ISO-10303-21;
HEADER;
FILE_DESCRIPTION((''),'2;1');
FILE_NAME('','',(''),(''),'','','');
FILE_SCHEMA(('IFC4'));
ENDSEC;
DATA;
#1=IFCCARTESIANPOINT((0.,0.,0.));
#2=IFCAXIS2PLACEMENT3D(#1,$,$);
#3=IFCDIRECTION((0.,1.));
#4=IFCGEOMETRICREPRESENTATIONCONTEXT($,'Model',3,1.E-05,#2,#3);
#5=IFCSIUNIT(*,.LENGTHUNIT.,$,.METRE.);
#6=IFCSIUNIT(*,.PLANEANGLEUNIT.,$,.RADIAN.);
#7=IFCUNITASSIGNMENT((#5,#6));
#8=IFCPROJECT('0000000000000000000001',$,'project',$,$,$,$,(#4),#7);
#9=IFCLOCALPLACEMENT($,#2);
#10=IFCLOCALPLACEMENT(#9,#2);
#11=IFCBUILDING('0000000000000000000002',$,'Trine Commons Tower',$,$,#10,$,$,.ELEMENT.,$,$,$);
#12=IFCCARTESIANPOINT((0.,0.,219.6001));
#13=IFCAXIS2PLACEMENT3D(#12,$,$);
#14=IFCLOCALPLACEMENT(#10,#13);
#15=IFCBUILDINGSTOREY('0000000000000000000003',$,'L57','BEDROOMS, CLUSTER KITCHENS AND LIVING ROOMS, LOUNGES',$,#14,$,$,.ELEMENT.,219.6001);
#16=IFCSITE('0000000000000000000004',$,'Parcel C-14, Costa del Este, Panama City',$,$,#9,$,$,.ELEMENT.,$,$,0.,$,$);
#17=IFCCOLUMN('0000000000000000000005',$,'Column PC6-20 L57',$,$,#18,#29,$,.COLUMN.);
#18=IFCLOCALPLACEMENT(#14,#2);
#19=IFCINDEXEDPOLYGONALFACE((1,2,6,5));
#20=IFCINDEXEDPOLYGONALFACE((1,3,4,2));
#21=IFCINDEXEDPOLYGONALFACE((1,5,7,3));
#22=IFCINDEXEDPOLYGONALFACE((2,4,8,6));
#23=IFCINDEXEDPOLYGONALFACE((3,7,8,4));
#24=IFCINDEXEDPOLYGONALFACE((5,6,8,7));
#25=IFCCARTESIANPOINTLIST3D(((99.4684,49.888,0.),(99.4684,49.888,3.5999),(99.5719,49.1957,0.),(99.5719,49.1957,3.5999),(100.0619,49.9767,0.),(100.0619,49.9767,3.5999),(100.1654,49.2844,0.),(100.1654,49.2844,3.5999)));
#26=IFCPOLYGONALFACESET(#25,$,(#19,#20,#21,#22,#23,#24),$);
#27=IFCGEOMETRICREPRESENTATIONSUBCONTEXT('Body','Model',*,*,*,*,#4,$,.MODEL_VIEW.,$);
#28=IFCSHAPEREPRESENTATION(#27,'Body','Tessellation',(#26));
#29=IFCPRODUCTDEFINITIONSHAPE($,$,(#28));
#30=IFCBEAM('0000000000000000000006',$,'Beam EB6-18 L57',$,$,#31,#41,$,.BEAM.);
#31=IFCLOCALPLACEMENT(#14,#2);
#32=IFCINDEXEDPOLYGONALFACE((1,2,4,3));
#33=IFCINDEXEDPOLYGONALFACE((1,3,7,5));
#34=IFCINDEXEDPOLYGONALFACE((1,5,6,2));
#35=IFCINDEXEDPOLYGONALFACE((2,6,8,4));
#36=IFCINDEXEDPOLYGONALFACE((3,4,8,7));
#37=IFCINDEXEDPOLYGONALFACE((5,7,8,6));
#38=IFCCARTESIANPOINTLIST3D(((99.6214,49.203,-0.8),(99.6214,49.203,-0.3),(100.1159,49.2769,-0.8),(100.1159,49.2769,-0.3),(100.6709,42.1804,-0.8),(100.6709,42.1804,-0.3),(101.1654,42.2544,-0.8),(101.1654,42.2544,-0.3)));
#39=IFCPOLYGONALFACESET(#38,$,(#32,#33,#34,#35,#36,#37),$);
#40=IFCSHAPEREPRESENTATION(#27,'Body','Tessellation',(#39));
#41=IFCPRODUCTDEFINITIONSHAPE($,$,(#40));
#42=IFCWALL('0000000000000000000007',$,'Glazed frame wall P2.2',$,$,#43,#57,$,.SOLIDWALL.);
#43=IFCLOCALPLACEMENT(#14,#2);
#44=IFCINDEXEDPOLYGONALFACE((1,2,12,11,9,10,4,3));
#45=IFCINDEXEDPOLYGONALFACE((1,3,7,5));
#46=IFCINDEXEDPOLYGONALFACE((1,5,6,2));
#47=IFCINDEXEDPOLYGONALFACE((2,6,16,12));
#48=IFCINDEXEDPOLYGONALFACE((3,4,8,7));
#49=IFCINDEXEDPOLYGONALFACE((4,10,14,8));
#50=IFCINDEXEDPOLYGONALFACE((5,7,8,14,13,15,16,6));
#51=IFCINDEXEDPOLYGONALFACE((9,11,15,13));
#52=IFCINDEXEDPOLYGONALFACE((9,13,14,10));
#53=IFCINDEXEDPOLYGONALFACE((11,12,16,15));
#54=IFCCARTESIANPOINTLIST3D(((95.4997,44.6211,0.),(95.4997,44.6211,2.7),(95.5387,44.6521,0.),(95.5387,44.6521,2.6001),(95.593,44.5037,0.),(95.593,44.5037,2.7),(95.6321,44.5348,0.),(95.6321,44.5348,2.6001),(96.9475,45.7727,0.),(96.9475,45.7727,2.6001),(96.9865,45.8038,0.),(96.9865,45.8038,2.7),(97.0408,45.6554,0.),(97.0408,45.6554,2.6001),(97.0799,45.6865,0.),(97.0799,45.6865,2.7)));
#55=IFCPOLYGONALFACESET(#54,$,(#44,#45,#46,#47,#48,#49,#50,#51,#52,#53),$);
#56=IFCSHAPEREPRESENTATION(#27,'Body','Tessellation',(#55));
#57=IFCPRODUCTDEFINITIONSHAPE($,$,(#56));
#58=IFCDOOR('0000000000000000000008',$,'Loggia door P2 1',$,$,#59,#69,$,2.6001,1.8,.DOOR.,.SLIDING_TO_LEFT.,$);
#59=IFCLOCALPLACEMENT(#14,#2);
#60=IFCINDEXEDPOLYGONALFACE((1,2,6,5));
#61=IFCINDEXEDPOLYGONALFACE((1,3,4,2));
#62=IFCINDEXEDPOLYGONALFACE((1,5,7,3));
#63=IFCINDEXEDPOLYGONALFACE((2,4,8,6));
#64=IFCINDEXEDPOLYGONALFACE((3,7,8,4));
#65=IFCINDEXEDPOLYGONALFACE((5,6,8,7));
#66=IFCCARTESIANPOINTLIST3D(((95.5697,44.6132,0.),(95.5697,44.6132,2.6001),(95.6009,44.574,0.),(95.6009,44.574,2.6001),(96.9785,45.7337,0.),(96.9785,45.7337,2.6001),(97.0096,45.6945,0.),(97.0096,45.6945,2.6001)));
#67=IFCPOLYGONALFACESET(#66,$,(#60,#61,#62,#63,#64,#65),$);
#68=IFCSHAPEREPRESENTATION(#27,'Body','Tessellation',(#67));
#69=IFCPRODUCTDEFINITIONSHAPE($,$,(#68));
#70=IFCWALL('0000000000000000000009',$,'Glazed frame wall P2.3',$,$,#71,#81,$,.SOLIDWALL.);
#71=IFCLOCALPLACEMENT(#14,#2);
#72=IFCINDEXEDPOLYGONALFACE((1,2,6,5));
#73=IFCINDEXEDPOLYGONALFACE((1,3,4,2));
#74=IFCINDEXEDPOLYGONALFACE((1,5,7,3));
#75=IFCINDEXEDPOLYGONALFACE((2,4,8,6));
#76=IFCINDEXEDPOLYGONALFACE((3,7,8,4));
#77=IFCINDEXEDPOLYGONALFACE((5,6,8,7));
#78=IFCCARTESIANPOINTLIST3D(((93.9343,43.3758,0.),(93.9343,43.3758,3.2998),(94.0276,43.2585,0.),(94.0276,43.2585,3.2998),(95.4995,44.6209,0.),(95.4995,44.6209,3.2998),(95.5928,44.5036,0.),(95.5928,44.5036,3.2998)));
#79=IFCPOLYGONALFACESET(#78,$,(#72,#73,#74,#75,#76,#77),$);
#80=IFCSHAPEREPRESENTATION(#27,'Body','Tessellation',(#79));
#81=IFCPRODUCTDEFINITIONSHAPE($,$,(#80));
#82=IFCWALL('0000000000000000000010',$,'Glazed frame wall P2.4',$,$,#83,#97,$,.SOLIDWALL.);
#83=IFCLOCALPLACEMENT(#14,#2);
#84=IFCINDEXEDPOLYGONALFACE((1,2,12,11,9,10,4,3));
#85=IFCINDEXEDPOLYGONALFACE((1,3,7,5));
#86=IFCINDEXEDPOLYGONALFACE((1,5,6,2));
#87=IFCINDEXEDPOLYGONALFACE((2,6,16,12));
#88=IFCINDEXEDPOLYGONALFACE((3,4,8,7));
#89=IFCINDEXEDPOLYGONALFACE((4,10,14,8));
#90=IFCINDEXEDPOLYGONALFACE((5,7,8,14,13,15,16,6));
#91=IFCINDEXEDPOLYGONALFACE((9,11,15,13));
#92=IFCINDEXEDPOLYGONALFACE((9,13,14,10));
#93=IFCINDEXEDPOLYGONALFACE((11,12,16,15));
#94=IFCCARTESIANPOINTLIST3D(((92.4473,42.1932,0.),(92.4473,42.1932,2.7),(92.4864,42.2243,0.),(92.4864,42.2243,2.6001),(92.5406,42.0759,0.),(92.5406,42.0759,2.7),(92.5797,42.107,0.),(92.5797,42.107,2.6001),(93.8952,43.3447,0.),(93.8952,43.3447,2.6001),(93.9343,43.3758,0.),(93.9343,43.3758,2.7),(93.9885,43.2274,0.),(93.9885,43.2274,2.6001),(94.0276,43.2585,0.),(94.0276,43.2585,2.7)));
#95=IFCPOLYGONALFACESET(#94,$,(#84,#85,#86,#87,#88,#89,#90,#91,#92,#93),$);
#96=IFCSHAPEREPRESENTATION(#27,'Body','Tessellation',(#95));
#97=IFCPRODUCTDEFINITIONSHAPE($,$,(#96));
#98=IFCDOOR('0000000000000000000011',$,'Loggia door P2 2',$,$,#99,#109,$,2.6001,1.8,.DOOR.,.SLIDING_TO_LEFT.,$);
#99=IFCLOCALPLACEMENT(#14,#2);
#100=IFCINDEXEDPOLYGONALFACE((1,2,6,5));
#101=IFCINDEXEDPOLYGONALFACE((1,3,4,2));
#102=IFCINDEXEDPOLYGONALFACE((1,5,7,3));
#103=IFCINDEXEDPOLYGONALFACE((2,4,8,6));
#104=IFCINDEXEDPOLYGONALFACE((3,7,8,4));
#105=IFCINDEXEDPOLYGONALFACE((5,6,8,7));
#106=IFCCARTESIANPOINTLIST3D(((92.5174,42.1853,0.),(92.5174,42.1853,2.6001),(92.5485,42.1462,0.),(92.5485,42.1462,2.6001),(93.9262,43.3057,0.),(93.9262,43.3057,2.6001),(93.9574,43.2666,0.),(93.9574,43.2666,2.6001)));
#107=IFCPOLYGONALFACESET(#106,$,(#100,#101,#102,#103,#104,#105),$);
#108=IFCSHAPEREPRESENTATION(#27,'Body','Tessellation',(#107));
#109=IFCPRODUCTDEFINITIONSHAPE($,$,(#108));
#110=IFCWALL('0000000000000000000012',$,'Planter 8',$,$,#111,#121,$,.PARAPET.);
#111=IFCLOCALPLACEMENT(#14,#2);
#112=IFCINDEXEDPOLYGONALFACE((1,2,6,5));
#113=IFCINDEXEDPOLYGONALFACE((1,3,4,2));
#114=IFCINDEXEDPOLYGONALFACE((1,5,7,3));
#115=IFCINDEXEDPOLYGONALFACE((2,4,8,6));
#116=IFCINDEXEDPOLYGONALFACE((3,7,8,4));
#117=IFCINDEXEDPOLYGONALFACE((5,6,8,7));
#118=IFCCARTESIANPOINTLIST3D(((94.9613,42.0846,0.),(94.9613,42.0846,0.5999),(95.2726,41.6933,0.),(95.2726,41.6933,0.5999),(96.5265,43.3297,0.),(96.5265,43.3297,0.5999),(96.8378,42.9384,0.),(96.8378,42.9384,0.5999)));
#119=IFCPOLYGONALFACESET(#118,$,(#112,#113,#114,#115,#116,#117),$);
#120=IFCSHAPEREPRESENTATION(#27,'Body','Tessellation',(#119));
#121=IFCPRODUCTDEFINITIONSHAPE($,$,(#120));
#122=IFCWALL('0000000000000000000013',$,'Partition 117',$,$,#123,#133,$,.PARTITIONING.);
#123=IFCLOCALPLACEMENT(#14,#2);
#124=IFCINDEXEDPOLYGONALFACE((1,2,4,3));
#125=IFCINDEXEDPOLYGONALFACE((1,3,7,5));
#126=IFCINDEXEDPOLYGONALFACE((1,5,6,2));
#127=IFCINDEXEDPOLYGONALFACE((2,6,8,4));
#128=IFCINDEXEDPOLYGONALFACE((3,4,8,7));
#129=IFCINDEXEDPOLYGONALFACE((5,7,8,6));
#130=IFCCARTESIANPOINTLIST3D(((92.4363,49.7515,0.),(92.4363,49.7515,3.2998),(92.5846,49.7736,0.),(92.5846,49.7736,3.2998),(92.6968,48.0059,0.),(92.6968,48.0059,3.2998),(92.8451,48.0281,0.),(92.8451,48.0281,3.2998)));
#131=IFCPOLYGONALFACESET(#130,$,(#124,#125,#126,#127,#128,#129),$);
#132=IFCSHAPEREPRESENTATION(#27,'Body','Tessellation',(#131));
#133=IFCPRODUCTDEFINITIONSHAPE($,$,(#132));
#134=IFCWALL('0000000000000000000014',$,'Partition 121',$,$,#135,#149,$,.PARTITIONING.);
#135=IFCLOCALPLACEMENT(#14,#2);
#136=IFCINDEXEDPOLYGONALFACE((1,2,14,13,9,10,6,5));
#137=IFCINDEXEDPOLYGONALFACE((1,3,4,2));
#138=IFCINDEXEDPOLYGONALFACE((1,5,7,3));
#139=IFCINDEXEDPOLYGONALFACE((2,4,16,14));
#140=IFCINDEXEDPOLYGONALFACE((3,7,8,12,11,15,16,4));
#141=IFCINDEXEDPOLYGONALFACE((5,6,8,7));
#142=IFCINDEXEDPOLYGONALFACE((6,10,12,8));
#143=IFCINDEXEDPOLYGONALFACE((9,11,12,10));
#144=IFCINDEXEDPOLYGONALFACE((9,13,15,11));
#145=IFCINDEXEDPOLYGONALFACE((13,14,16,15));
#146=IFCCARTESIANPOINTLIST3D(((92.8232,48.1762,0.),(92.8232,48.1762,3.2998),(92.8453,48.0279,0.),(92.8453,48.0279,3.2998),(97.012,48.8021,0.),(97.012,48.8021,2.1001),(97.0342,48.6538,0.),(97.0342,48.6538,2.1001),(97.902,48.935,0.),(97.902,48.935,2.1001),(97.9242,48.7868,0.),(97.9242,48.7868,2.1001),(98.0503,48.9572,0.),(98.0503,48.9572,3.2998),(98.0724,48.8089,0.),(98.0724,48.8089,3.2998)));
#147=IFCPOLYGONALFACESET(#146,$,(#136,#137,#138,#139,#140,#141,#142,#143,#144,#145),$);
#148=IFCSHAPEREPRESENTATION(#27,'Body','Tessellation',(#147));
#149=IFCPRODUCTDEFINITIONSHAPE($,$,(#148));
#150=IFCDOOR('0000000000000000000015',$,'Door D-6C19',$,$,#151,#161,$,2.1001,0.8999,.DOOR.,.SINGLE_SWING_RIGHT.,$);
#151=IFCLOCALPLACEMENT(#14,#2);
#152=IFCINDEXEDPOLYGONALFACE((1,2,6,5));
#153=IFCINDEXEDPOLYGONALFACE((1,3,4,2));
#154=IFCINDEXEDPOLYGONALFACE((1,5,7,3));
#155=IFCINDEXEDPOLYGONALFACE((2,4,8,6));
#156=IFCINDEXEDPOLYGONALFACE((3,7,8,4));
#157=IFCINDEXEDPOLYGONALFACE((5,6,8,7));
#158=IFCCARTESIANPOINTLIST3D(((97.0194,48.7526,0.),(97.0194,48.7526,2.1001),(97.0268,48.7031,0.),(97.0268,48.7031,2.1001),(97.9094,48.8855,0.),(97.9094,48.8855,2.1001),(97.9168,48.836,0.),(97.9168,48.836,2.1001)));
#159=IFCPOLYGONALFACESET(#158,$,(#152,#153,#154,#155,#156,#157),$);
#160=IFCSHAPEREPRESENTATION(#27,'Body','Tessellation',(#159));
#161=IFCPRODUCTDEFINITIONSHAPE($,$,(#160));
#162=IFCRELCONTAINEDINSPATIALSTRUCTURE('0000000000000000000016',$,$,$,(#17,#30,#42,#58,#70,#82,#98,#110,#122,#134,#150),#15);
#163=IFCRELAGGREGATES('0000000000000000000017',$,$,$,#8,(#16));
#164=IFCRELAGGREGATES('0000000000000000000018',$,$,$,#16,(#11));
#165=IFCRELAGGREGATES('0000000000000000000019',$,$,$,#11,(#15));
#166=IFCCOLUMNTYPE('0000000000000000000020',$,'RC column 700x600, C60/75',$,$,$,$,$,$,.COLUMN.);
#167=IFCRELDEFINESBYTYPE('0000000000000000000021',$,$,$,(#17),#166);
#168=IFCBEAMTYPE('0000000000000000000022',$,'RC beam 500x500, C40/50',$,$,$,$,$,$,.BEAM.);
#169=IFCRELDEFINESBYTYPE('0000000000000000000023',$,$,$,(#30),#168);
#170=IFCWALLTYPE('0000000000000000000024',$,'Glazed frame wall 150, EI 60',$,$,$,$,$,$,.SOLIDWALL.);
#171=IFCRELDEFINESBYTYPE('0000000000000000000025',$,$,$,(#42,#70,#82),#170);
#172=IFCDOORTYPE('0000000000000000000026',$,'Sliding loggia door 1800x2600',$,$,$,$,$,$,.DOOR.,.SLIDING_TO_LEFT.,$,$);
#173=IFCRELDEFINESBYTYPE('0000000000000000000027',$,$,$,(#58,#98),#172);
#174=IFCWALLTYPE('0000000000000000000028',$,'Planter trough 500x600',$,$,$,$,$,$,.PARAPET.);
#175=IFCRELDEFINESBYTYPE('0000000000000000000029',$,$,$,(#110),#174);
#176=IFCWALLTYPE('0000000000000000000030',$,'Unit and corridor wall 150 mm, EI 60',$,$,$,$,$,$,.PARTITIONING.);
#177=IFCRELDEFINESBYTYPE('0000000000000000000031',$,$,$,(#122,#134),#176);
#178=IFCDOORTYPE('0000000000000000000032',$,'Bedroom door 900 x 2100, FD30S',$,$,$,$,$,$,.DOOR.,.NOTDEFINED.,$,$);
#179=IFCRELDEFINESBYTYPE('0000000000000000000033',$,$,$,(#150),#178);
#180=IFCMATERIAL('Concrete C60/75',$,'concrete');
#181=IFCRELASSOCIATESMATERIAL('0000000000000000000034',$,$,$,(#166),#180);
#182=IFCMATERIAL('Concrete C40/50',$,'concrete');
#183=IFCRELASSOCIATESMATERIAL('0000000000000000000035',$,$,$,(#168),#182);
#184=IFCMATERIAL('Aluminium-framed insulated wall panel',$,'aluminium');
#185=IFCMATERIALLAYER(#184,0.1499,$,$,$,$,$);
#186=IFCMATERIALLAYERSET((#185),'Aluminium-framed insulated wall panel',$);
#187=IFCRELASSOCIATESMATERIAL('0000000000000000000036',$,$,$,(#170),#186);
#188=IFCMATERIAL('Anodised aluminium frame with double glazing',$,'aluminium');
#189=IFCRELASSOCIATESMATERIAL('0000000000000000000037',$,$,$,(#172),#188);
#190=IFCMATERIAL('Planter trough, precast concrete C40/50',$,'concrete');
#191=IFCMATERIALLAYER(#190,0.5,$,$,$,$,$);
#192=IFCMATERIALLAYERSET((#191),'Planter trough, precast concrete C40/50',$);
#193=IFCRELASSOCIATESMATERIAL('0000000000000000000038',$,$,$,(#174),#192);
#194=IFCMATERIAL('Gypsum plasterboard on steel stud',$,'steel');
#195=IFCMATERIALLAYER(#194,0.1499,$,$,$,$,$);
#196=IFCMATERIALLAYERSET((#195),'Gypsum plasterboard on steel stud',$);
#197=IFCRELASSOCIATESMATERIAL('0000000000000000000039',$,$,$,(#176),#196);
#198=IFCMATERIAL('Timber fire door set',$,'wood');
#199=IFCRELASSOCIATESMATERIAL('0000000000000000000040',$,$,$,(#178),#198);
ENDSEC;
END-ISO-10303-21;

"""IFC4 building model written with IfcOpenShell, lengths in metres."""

from ifc_helpers import new_model, si_unit, direction, frame, frame_2d, origin, origin_2d, place, context, subcontext, project, spatial, polyline, rectangle, outline, extrude, material, layer, layer_set, material_profile, profile_set, type_object, element, fill, save


model = new_model("IFC4")

# Units and contexts
model_context = context("Model", 3, precision=1e-05, world=origin(), true_north=direction((0.0, 1.0)))
body_context = subcontext(model_context, "Body", "Model", "MODEL_VIEW")
ifc_project = project(units=[si_unit("LENGTHUNIT", "METRE"), si_unit("PLANEANGLEUNIT", "RADIAN")], contexts=[model_context])

# Site, building, storey
site_placement = place(None, origin())
site = spatial("IfcSite", under=ifc_project, at=site_placement, Name="Parcel C-14, Costa del Este, Panama City", CompositionType="ELEMENT", RefElevation=0.0)
building_placement = place(site_placement, origin())
building = spatial("IfcBuilding", under=site, at=building_placement, Name="Trine Commons Tower", CompositionType="ELEMENT")
storey_placement = place(building_placement, frame((0.0, 0.0, 219.6001)))
storey = spatial("IfcBuildingStorey", under=building, at=storey_placement, Name="L57", Description="BEDROOMS, CLUSTER KITCHENS AND LIVING ROOMS, LOUNGES", CompositionType="ELEMENT", Elevation=219.6001)

# Column
ifc_material_1 = material(Name="Concrete C60/75", Category="concrete")
ifc_material_profile_1 = material_profile(ifc_material_1, rectangle(XDim=0.7, YDim=0.6001, at=origin_2d()), Name="RC 700x600")
ifc_profile_set_1 = profile_set([ifc_material_profile_1], Name="Concrete C60/75")
column_type = type_object("IfcColumnType", Name="RC column 700x600, C60/75", PredefinedType="COLUMN", material=ifc_profile_set_1)
column_placement = place(storey_placement, frame((99.8169, 49.5862, 0.0), z_axis=(0.0, 0.0, 1.0), x_axis=(-0.147809, 0.989016, 0.0)))
element("IfcColumn", 1, at=column_placement, inside=storey, type_object=column_type, Name="Column PC6-20 L57", PredefinedType="COLUMN", context=body_context, shape_type="SweptSolid", body=[
    extrude(rectangle(XDim=0.7, YDim=0.6001, at=origin_2d()), origin(), (0.0, 0.0, 1.0), 3.5999),
])

# Beam
ifc_material_2 = material(Name="Concrete C40/50", Category="concrete")
ifc_material_profile_2 = material_profile(ifc_material_2, rectangle(XDim=0.5, YDim=0.5, at=origin_2d()), Name="RC 500x500")
ifc_profile_set_2 = profile_set([ifc_material_profile_2], Name="Concrete C40/50")
beam_type = type_object("IfcBeamType", Name="RC beam 500x500, C40/50", PredefinedType="BEAM", material=ifc_profile_set_2)
beam_placement = place(storey_placement, frame((99.8687, 49.24, -0.55), z_axis=(0.147811, -0.989016, 0.0), x_axis=(0.989016, 0.147811, 0.0)))
element("IfcBeam", 2, at=beam_placement, inside=storey, type_object=beam_type, Name="Beam EB6-18 L57", PredefinedType="BEAM", context=body_context, shape_type="SweptSolid", body=[
    extrude(rectangle(XDim=0.5, YDim=0.5, at=origin_2d()), origin(), (0.0, 0.0, 1.0), 7.1006),
])

# Shared definitions
ifc_material_3 = material(Name="Aluminium-framed insulated wall panel", Category="aluminium")
ifc_layer_1 = layer(ifc_material_3, 0.1499)
ifc_layer_set_1 = layer_set([ifc_layer_1], Name="Aluminium-framed insulated wall panel")
wall_type_1 = type_object("IfcWallType", Name="Glazed frame wall 150, EI 60", PredefinedType="SOLIDWALL", material=ifc_layer_set_1)

# Wall, opening, door
wall_1_placement = place(storey_placement, frame((97.0332, 45.7451, 0.0), z_axis=(0.0, 0.0, 1.0), x_axis=(-0.782608, -0.622515, 0.0)))
wall_1 = element("IfcWall", 3, at=wall_1_placement, inside=storey, type_object=wall_type_1, Name="Glazed frame wall P2.2", PredefinedType="SOLIDWALL", context=body_context, shape_type="SweptSolid", body=[
    extrude(outline(polyline([(0.0, -0.075), (1.8999, -0.075), (1.8999, 0.075), (0.0, 0.075), (0.0, -0.075)])), origin(), (0.0, 0.0, 1.0), 2.7),
])
opening_1_placement = place(wall_1_placement, frame((0.05, 0.0, 0.0)))
opening_1 = element("IfcOpeningElement", 4, at=opening_1_placement, cuts=wall_1, PredefinedType="OPENING", context=body_context, shape_type="SweptSolid", body=[
    extrude(rectangle(XDim=1.8, YDim=2.6001, at=frame_2d((0.8999, 1.3))), frame((0.0, 0.085, 0.0), z_axis=(0.0, -1.0, 0.0), x_axis=(1.0, 0.0, 0.0)), (0.0, 0.0, 1.0), 0.1699),
])
ifc_material_4 = material(Name="Anodised aluminium frame with double glazing", Category="aluminium")
door_type_1 = type_object("IfcDoorType", Name="Sliding loggia door 1800x2600", OperationType="SLIDING_TO_LEFT", PredefinedType="DOOR", material=ifc_material_4)
door_1_placement = place(opening_1_placement, origin())
door_1 = element("IfcDoor", 5, at=door_1_placement, inside=storey, type_object=door_type_1, Name="Loggia door P2 1", OperationType="SLIDING_TO_LEFT", OverallHeight=2.6001, OverallWidth=1.8, PredefinedType="DOOR", context=body_context, shape_type="SweptSolid", body=[
    extrude(rectangle(XDim=1.8, YDim=2.6001, at=frame_2d((0.8999, 1.3))), frame((0.0, 0.0249, 0.0), z_axis=(0.0, -1.0, 0.0), x_axis=(1.0, 0.0, 0.0)), (0.0, 0.0, 1.0), 0.05),
])
fill(opening_1, door_1)

# Wall
wall_2_placement = place(storey_placement, frame((95.5461, 44.5623, 0.0), z_axis=(0.0, 0.0, 1.0), x_axis=(-0.782581, -0.622549, 0.0)))
element("IfcWall", 6, at=wall_2_placement, inside=storey, type_object=wall_type_1, Name="Glazed frame wall P2.3", PredefinedType="SOLIDWALL", context=body_context, shape_type="SweptSolid", body=[
    extrude(outline(polyline([(0.0, -0.075), (2.0, -0.075), (2.0, 0.075), (0.0, 0.075), (0.0, -0.075)])), origin(), (0.0, 0.0, 1.0), 3.2998),
])

# Wall, opening, door
wall_3_placement = place(storey_placement, frame((93.981, 43.3171, 0.0), z_axis=(0.0, 0.0, 1.0), x_axis=(-0.782671, -0.622436, 0.0)))
wall_3 = element("IfcWall", 7, at=wall_3_placement, inside=storey, type_object=wall_type_1, Name="Glazed frame wall P2.4", PredefinedType="SOLIDWALL", context=body_context, shape_type="SweptSolid", body=[
    extrude(outline(polyline([(0.0, -0.075), (1.8999, -0.075), (1.8999, 0.075), (0.0, 0.075), (0.0, -0.075)])), origin(), (0.0, 0.0, 1.0), 2.7),
])
opening_2_placement = place(wall_3_placement, frame((0.05, 0.0, 0.0)))
opening_2 = element("IfcOpeningElement", 8, at=opening_2_placement, cuts=wall_3, PredefinedType="OPENING", context=body_context, shape_type="SweptSolid", body=[
    extrude(rectangle(XDim=1.8, YDim=2.6001, at=frame_2d((0.8999, 1.3))), frame((0.0, 0.085, 0.0), z_axis=(0.0, -1.0, 0.0), x_axis=(1.0, 0.0, 0.0)), (0.0, 0.0, 1.0), 0.1699),
])
door_2_placement = place(opening_2_placement, origin())
door_2 = element("IfcDoor", 9, at=door_2_placement, inside=storey, type_object=door_type_1, Name="Loggia door P2 2", OperationType="SLIDING_TO_LEFT", OverallHeight=2.6001, OverallWidth=1.8, PredefinedType="DOOR", context=body_context, shape_type="SweptSolid", body=[
    extrude(rectangle(XDim=1.8, YDim=2.6001, at=frame_2d((0.8999, 1.3))), frame((0.0, 0.0249, 0.0), z_axis=(0.0, -1.0, 0.0), x_axis=(1.0, 0.0, 0.0)), (0.0, 0.0, 1.0), 0.05),
])
fill(opening_2, door_2)

# Walls
ifc_material_5 = material(Name="Planter trough, precast concrete C40/50", Category="concrete")
ifc_layer_2 = layer(ifc_material_5, 0.5)
ifc_layer_set_2 = layer_set([ifc_layer_2], Name="Planter trough, precast concrete C40/50")
wall_type_2 = type_object("IfcWallType", Name="Planter trough 500x600", PredefinedType="PARAPET", material=ifc_layer_set_2)
wall_4_placement = place(storey_placement, frame((96.6821, 43.134, 0.0), z_axis=(0.0, 0.0, 1.0), x_axis=(-0.782581, -0.622549, 0.0)))
element("IfcWall", 10, at=wall_4_placement, inside=storey, type_object=wall_type_2, Name="Planter 8", PredefinedType="PARAPET", context=body_context, shape_type="SweptSolid", body=[
    extrude(rectangle(XDim=2.0, YDim=0.5, at=frame_2d((1.0, 0.0))), origin(), (0.0, 0.0, 1.0), 0.5999),
])
ifc_material_6 = material(Name="Gypsum plasterboard on steel stud", Category="steel")
ifc_layer_3 = layer(ifc_material_6, 0.1499)
ifc_layer_set_3 = layer_set([ifc_layer_3], Name="Gypsum plasterboard on steel stud")
wall_type_3 = type_object("IfcWallType", Name="Unit and corridor wall 150 mm, EI 60", PredefinedType="PARTITIONING", material=ifc_layer_set_3)
wall_5_placement = place(storey_placement, frame((92.5105, 49.7625, 0.0), z_axis=(0.0, 0.0, 1.0), x_axis=(0.147596, -0.989048, 0.0)))
element("IfcWall", 11, at=wall_5_placement, inside=storey, type_object=wall_type_3, Name="Partition 117", PredefinedType="PARTITIONING", context=body_context, shape_type="SweptSolid", body=[
    extrude(rectangle(XDim=1.7649, YDim=0.1499, at=frame_2d((0.8823, 0.0))), origin(), (0.0, 0.0, 1.0), 3.2998),
])

# Wall, opening, door
wall_6_placement = place(storey_placement, frame((92.8342, 48.1021, 0.0), z_axis=(0.0, 0.0, 1.0), x_axis=(0.989021, 0.147776, 0.0)))
wall_6 = element("IfcWall", 12, at=wall_6_placement, inside=storey, type_object=wall_type_3, Name="Partition 121", PredefinedType="PARTITIONING", context=body_context, shape_type="SweptSolid", body=[
    extrude(rectangle(XDim=5.2852, YDim=0.1499, at=frame_2d((2.6426, 0.0))), origin(), (0.0, 0.0, 1.0), 3.2998),
])
opening_3_placement = place(wall_6_placement, frame((4.2354, 0.0, 0.0)))
opening_3 = element("IfcOpeningElement", 13, at=opening_3_placement, cuts=wall_6, PredefinedType="OPENING", context=body_context, shape_type="SweptSolid", body=[
    extrude(rectangle(XDim=0.8999, YDim=2.1001, at=frame_2d((0.45, 1.05))), frame((0.0, 0.085, 0.0), z_axis=(0.0, -1.0, 0.0), x_axis=(1.0, 0.0, 0.0)), (0.0, 0.0, 1.0), 0.1699),
])
ifc_material_7 = material(Name="Timber fire door set", Category="wood")
door_type_2 = type_object("IfcDoorType", Name="Bedroom door 900 x 2100, FD30S", OperationType="NOTDEFINED", PredefinedType="DOOR", material=ifc_material_7)
door_3_placement = place(opening_3_placement, origin())
door_3 = element("IfcDoor", 14, at=door_3_placement, inside=storey, type_object=door_type_2, Name="Door D-6C19", OperationType="SINGLE_SWING_RIGHT", OverallHeight=2.1001, OverallWidth=0.8999, PredefinedType="DOOR", context=body_context, shape_type="SweptSolid", body=[
    extrude(rectangle(XDim=0.8999, YDim=2.1001, at=frame_2d((0.45, 1.05))), frame((0.0, 0.0249, 0.0), z_axis=(0.0, -1.0, 0.0), x_axis=(1.0, 0.0, 0.0)), (0.0, 0.0, 1.0), 0.05),
])
fill(opening_3, door_3)

save(model, "model.ifc")
